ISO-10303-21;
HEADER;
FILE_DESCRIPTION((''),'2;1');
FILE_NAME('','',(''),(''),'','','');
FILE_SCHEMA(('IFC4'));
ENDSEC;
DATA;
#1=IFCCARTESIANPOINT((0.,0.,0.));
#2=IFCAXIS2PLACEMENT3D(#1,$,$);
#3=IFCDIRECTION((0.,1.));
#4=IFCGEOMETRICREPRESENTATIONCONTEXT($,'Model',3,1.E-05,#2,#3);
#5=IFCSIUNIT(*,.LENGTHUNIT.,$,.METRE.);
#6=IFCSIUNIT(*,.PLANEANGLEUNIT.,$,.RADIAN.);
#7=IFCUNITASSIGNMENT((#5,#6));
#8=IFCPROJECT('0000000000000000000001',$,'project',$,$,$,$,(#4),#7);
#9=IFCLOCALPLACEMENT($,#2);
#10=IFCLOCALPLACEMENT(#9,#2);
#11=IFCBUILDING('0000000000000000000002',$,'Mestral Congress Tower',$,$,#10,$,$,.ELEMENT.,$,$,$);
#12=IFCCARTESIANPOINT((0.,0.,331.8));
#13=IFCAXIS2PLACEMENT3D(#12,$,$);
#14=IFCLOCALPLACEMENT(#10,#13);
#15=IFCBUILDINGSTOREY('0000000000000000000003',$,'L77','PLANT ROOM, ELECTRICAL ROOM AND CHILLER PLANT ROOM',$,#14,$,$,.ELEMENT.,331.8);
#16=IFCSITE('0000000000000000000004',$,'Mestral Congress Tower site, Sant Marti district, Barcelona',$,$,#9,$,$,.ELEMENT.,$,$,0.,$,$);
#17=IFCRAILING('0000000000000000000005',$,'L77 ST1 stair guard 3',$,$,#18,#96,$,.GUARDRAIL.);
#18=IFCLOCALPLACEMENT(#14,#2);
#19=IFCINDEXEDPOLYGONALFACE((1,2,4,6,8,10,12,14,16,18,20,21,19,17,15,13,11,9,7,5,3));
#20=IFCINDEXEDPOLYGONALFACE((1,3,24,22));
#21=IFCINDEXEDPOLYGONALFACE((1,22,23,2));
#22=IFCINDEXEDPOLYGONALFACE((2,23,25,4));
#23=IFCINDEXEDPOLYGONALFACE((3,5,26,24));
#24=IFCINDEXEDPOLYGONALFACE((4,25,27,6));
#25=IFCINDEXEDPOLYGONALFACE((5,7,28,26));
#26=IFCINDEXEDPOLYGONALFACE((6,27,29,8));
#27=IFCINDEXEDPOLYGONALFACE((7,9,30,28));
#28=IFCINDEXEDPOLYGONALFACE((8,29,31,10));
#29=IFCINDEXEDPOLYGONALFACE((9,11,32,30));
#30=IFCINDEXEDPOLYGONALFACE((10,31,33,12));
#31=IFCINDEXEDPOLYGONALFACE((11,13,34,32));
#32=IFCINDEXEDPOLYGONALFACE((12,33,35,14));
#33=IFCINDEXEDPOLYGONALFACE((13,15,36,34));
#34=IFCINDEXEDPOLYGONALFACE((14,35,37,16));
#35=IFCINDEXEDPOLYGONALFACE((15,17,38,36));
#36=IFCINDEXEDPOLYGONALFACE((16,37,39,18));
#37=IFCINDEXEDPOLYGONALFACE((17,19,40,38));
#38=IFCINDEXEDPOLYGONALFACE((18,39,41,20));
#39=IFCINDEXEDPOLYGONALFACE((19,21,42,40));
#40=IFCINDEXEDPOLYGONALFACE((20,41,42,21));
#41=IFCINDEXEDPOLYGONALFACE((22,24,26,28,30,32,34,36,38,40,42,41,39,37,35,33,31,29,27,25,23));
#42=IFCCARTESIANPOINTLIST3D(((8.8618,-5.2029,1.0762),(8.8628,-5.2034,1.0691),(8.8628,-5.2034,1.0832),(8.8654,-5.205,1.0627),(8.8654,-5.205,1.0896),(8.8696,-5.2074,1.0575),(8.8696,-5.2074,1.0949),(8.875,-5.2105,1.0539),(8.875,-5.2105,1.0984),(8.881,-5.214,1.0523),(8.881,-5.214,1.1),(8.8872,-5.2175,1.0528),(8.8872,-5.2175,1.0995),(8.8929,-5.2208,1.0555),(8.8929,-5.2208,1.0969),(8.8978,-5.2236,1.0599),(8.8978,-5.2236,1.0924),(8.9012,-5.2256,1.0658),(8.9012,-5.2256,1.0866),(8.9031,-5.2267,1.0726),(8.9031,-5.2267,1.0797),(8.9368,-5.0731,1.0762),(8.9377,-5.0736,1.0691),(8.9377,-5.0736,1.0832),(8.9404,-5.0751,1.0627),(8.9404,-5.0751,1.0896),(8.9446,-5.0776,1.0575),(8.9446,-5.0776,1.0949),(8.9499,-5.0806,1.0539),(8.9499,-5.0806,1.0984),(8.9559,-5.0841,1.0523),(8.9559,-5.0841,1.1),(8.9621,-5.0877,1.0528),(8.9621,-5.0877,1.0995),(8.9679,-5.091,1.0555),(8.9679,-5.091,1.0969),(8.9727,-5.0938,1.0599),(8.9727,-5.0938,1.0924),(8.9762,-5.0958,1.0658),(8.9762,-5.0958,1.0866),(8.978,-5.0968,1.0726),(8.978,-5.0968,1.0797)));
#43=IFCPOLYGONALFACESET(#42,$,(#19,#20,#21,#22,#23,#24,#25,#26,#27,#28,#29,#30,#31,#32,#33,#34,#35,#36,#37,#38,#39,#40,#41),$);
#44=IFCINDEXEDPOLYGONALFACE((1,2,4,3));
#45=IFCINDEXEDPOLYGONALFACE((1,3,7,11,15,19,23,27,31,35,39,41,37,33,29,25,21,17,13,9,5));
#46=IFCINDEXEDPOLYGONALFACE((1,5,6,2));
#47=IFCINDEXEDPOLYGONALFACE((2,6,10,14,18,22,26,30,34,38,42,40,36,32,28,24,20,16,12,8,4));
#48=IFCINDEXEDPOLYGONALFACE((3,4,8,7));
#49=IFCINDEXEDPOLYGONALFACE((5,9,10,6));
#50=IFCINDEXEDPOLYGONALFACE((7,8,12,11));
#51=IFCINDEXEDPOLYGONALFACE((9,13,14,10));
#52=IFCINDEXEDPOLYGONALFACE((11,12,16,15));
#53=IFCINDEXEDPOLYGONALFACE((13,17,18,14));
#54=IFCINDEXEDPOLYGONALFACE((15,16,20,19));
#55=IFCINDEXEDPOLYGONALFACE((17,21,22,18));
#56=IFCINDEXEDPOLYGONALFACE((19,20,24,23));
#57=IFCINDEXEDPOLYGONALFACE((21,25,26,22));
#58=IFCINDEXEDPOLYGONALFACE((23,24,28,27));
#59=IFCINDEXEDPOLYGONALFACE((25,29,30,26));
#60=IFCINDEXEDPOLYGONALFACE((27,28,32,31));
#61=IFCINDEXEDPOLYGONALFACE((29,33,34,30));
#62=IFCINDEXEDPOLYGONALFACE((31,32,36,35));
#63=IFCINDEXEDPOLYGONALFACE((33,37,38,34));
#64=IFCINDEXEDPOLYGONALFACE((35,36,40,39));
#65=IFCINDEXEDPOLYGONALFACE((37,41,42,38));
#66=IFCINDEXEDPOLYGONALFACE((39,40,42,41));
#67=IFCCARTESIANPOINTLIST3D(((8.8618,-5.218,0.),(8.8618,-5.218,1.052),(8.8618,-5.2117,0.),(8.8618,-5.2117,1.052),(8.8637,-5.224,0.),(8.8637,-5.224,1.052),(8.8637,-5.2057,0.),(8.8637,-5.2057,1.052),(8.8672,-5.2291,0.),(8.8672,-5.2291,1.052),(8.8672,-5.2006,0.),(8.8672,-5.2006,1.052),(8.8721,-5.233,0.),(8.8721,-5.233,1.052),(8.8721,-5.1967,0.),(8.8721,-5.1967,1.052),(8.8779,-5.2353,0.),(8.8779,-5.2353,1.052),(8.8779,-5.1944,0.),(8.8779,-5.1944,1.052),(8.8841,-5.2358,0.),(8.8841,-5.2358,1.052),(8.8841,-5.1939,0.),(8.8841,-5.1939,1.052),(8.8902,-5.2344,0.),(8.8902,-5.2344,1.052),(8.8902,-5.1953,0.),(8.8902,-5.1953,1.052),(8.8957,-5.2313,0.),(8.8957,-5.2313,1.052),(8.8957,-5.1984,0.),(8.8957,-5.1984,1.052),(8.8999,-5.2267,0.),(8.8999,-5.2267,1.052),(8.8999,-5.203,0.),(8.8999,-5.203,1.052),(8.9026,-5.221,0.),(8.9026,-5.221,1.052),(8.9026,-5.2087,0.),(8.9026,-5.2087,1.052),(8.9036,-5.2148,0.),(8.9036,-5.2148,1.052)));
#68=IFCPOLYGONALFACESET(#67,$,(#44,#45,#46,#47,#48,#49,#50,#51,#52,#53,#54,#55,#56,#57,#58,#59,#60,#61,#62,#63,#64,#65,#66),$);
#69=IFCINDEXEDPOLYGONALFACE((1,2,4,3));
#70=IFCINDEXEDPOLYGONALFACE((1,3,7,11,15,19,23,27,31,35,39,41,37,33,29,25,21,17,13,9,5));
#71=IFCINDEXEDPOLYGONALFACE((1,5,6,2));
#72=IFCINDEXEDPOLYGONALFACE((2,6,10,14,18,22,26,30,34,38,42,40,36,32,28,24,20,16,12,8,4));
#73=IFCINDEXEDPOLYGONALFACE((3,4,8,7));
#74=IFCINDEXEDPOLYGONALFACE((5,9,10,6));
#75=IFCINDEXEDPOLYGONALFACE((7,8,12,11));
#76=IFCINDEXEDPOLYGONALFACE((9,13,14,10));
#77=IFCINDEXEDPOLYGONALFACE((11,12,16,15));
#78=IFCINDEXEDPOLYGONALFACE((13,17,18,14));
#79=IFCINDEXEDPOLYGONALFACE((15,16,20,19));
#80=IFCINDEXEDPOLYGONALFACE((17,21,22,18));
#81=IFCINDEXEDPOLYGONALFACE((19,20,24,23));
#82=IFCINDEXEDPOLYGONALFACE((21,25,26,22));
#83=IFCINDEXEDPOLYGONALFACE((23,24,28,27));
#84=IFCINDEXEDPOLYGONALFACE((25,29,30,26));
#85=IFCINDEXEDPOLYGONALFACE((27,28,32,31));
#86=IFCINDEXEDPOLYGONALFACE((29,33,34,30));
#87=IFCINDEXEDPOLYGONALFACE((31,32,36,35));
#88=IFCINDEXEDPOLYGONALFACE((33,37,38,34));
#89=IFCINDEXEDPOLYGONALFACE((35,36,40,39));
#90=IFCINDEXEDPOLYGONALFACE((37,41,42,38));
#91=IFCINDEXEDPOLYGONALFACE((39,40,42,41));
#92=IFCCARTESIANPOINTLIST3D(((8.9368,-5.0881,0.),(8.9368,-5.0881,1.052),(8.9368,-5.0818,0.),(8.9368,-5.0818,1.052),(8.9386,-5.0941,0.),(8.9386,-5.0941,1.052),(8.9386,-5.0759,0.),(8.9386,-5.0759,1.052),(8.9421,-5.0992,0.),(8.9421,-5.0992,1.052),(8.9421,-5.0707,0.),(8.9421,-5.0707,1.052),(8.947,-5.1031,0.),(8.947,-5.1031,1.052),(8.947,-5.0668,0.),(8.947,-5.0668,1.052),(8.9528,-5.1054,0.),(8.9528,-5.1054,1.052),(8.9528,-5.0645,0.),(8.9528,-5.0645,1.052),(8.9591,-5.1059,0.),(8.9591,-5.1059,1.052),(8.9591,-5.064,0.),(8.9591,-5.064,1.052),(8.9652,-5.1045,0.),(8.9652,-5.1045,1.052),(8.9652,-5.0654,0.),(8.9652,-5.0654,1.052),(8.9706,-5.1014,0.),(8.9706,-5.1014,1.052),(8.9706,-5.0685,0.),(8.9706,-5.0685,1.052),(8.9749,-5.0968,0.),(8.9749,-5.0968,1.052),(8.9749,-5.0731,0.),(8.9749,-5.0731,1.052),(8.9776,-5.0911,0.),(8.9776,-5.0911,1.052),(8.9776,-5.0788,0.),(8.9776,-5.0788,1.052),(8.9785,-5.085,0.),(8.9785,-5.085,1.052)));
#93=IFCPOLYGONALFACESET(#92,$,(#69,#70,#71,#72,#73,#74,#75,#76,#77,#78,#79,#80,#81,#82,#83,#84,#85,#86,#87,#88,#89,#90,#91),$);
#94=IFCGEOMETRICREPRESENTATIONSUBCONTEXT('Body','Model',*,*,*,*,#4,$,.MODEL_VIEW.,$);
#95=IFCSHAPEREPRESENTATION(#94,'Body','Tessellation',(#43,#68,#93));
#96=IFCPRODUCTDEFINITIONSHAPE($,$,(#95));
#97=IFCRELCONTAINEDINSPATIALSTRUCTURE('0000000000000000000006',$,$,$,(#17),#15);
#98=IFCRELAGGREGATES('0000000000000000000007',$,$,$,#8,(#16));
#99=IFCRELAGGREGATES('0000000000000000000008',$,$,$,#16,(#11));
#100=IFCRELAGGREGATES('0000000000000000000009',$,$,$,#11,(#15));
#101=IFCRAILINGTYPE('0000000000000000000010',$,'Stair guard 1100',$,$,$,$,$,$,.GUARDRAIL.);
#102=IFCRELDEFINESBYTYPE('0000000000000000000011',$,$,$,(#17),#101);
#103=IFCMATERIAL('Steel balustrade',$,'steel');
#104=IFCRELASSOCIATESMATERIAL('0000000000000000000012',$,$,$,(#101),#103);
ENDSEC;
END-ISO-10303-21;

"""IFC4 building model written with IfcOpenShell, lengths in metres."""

from ifc_helpers import new_model, si_unit, direction, frame, origin, origin_2d, place, context, subcontext, project, spatial, circle, extrude, material, type_object, element, save


model = new_model("IFC4")

# Units and contexts
model_context = context("Model", 3, precision=1e-05, world=origin(), true_north=direction((0.0, 1.0)))
body_context = subcontext(model_context, "Body", "Model", "MODEL_VIEW")
ifc_project = project(units=[si_unit("LENGTHUNIT", "METRE"), si_unit("PLANEANGLEUNIT", "RADIAN")], contexts=[model_context])

# Site, building, storey
site_placement = place(None, origin())
site = spatial("IfcSite", under=ifc_project, at=site_placement, Name="Mestral Congress Tower site, Sant Marti district, Barcelona", CompositionType="ELEMENT", RefElevation=0.0)
building_placement = place(site_placement, origin())
building = spatial("IfcBuilding", under=site, at=building_placement, Name="Mestral Congress Tower", CompositionType="ELEMENT")
storey_placement = place(building_placement, frame((0.0, 0.0, 331.8)))
storey = spatial("IfcBuildingStorey", under=building, at=storey_placement, Name="L77", Description="PLANT ROOM, ELECTRICAL ROOM AND CHILLER PLANT ROOM", CompositionType="ELEMENT", Elevation=331.8)

# Railing
ifc_material_1 = material(Name="Steel balustrade", Category="steel")
railing_type_1 = type_object("IfcRailingType", Name="Stair guard 1100", PredefinedType="GUARDRAIL", material=ifc_material_1)
railing_1_placement = place(storey_placement, frame((8.8826, -5.2148, 0.0)))
element("IfcRailing", 1, at=railing_1_placement, inside=storey, type_object=railing_type_1, Name="L77 ST1 stair guard 3", PredefinedType="GUARDRAIL", context=body_context, shape_type="SweptSolid", body=[
    extrude(circle(Radius=0.0239, at=origin_2d()), frame((0.0, 0.0, 1.0762), z_axis=(0.499816, 0.866131, 0.0), x_axis=(-0.866131, 0.499816, 0.0)), (0.0, 0.0, 1.0), 0.1499),
    extrude(circle(Radius=0.021, at=origin_2d()), origin(), (0.0, 0.0, 1.0), 1.052),
    extrude(circle(Radius=0.021, at=origin_2d()), frame((0.075, 0.1299, 0.0)), (0.0, 0.0, 1.0), 1.052),
])

save(model, "model.ifc")
